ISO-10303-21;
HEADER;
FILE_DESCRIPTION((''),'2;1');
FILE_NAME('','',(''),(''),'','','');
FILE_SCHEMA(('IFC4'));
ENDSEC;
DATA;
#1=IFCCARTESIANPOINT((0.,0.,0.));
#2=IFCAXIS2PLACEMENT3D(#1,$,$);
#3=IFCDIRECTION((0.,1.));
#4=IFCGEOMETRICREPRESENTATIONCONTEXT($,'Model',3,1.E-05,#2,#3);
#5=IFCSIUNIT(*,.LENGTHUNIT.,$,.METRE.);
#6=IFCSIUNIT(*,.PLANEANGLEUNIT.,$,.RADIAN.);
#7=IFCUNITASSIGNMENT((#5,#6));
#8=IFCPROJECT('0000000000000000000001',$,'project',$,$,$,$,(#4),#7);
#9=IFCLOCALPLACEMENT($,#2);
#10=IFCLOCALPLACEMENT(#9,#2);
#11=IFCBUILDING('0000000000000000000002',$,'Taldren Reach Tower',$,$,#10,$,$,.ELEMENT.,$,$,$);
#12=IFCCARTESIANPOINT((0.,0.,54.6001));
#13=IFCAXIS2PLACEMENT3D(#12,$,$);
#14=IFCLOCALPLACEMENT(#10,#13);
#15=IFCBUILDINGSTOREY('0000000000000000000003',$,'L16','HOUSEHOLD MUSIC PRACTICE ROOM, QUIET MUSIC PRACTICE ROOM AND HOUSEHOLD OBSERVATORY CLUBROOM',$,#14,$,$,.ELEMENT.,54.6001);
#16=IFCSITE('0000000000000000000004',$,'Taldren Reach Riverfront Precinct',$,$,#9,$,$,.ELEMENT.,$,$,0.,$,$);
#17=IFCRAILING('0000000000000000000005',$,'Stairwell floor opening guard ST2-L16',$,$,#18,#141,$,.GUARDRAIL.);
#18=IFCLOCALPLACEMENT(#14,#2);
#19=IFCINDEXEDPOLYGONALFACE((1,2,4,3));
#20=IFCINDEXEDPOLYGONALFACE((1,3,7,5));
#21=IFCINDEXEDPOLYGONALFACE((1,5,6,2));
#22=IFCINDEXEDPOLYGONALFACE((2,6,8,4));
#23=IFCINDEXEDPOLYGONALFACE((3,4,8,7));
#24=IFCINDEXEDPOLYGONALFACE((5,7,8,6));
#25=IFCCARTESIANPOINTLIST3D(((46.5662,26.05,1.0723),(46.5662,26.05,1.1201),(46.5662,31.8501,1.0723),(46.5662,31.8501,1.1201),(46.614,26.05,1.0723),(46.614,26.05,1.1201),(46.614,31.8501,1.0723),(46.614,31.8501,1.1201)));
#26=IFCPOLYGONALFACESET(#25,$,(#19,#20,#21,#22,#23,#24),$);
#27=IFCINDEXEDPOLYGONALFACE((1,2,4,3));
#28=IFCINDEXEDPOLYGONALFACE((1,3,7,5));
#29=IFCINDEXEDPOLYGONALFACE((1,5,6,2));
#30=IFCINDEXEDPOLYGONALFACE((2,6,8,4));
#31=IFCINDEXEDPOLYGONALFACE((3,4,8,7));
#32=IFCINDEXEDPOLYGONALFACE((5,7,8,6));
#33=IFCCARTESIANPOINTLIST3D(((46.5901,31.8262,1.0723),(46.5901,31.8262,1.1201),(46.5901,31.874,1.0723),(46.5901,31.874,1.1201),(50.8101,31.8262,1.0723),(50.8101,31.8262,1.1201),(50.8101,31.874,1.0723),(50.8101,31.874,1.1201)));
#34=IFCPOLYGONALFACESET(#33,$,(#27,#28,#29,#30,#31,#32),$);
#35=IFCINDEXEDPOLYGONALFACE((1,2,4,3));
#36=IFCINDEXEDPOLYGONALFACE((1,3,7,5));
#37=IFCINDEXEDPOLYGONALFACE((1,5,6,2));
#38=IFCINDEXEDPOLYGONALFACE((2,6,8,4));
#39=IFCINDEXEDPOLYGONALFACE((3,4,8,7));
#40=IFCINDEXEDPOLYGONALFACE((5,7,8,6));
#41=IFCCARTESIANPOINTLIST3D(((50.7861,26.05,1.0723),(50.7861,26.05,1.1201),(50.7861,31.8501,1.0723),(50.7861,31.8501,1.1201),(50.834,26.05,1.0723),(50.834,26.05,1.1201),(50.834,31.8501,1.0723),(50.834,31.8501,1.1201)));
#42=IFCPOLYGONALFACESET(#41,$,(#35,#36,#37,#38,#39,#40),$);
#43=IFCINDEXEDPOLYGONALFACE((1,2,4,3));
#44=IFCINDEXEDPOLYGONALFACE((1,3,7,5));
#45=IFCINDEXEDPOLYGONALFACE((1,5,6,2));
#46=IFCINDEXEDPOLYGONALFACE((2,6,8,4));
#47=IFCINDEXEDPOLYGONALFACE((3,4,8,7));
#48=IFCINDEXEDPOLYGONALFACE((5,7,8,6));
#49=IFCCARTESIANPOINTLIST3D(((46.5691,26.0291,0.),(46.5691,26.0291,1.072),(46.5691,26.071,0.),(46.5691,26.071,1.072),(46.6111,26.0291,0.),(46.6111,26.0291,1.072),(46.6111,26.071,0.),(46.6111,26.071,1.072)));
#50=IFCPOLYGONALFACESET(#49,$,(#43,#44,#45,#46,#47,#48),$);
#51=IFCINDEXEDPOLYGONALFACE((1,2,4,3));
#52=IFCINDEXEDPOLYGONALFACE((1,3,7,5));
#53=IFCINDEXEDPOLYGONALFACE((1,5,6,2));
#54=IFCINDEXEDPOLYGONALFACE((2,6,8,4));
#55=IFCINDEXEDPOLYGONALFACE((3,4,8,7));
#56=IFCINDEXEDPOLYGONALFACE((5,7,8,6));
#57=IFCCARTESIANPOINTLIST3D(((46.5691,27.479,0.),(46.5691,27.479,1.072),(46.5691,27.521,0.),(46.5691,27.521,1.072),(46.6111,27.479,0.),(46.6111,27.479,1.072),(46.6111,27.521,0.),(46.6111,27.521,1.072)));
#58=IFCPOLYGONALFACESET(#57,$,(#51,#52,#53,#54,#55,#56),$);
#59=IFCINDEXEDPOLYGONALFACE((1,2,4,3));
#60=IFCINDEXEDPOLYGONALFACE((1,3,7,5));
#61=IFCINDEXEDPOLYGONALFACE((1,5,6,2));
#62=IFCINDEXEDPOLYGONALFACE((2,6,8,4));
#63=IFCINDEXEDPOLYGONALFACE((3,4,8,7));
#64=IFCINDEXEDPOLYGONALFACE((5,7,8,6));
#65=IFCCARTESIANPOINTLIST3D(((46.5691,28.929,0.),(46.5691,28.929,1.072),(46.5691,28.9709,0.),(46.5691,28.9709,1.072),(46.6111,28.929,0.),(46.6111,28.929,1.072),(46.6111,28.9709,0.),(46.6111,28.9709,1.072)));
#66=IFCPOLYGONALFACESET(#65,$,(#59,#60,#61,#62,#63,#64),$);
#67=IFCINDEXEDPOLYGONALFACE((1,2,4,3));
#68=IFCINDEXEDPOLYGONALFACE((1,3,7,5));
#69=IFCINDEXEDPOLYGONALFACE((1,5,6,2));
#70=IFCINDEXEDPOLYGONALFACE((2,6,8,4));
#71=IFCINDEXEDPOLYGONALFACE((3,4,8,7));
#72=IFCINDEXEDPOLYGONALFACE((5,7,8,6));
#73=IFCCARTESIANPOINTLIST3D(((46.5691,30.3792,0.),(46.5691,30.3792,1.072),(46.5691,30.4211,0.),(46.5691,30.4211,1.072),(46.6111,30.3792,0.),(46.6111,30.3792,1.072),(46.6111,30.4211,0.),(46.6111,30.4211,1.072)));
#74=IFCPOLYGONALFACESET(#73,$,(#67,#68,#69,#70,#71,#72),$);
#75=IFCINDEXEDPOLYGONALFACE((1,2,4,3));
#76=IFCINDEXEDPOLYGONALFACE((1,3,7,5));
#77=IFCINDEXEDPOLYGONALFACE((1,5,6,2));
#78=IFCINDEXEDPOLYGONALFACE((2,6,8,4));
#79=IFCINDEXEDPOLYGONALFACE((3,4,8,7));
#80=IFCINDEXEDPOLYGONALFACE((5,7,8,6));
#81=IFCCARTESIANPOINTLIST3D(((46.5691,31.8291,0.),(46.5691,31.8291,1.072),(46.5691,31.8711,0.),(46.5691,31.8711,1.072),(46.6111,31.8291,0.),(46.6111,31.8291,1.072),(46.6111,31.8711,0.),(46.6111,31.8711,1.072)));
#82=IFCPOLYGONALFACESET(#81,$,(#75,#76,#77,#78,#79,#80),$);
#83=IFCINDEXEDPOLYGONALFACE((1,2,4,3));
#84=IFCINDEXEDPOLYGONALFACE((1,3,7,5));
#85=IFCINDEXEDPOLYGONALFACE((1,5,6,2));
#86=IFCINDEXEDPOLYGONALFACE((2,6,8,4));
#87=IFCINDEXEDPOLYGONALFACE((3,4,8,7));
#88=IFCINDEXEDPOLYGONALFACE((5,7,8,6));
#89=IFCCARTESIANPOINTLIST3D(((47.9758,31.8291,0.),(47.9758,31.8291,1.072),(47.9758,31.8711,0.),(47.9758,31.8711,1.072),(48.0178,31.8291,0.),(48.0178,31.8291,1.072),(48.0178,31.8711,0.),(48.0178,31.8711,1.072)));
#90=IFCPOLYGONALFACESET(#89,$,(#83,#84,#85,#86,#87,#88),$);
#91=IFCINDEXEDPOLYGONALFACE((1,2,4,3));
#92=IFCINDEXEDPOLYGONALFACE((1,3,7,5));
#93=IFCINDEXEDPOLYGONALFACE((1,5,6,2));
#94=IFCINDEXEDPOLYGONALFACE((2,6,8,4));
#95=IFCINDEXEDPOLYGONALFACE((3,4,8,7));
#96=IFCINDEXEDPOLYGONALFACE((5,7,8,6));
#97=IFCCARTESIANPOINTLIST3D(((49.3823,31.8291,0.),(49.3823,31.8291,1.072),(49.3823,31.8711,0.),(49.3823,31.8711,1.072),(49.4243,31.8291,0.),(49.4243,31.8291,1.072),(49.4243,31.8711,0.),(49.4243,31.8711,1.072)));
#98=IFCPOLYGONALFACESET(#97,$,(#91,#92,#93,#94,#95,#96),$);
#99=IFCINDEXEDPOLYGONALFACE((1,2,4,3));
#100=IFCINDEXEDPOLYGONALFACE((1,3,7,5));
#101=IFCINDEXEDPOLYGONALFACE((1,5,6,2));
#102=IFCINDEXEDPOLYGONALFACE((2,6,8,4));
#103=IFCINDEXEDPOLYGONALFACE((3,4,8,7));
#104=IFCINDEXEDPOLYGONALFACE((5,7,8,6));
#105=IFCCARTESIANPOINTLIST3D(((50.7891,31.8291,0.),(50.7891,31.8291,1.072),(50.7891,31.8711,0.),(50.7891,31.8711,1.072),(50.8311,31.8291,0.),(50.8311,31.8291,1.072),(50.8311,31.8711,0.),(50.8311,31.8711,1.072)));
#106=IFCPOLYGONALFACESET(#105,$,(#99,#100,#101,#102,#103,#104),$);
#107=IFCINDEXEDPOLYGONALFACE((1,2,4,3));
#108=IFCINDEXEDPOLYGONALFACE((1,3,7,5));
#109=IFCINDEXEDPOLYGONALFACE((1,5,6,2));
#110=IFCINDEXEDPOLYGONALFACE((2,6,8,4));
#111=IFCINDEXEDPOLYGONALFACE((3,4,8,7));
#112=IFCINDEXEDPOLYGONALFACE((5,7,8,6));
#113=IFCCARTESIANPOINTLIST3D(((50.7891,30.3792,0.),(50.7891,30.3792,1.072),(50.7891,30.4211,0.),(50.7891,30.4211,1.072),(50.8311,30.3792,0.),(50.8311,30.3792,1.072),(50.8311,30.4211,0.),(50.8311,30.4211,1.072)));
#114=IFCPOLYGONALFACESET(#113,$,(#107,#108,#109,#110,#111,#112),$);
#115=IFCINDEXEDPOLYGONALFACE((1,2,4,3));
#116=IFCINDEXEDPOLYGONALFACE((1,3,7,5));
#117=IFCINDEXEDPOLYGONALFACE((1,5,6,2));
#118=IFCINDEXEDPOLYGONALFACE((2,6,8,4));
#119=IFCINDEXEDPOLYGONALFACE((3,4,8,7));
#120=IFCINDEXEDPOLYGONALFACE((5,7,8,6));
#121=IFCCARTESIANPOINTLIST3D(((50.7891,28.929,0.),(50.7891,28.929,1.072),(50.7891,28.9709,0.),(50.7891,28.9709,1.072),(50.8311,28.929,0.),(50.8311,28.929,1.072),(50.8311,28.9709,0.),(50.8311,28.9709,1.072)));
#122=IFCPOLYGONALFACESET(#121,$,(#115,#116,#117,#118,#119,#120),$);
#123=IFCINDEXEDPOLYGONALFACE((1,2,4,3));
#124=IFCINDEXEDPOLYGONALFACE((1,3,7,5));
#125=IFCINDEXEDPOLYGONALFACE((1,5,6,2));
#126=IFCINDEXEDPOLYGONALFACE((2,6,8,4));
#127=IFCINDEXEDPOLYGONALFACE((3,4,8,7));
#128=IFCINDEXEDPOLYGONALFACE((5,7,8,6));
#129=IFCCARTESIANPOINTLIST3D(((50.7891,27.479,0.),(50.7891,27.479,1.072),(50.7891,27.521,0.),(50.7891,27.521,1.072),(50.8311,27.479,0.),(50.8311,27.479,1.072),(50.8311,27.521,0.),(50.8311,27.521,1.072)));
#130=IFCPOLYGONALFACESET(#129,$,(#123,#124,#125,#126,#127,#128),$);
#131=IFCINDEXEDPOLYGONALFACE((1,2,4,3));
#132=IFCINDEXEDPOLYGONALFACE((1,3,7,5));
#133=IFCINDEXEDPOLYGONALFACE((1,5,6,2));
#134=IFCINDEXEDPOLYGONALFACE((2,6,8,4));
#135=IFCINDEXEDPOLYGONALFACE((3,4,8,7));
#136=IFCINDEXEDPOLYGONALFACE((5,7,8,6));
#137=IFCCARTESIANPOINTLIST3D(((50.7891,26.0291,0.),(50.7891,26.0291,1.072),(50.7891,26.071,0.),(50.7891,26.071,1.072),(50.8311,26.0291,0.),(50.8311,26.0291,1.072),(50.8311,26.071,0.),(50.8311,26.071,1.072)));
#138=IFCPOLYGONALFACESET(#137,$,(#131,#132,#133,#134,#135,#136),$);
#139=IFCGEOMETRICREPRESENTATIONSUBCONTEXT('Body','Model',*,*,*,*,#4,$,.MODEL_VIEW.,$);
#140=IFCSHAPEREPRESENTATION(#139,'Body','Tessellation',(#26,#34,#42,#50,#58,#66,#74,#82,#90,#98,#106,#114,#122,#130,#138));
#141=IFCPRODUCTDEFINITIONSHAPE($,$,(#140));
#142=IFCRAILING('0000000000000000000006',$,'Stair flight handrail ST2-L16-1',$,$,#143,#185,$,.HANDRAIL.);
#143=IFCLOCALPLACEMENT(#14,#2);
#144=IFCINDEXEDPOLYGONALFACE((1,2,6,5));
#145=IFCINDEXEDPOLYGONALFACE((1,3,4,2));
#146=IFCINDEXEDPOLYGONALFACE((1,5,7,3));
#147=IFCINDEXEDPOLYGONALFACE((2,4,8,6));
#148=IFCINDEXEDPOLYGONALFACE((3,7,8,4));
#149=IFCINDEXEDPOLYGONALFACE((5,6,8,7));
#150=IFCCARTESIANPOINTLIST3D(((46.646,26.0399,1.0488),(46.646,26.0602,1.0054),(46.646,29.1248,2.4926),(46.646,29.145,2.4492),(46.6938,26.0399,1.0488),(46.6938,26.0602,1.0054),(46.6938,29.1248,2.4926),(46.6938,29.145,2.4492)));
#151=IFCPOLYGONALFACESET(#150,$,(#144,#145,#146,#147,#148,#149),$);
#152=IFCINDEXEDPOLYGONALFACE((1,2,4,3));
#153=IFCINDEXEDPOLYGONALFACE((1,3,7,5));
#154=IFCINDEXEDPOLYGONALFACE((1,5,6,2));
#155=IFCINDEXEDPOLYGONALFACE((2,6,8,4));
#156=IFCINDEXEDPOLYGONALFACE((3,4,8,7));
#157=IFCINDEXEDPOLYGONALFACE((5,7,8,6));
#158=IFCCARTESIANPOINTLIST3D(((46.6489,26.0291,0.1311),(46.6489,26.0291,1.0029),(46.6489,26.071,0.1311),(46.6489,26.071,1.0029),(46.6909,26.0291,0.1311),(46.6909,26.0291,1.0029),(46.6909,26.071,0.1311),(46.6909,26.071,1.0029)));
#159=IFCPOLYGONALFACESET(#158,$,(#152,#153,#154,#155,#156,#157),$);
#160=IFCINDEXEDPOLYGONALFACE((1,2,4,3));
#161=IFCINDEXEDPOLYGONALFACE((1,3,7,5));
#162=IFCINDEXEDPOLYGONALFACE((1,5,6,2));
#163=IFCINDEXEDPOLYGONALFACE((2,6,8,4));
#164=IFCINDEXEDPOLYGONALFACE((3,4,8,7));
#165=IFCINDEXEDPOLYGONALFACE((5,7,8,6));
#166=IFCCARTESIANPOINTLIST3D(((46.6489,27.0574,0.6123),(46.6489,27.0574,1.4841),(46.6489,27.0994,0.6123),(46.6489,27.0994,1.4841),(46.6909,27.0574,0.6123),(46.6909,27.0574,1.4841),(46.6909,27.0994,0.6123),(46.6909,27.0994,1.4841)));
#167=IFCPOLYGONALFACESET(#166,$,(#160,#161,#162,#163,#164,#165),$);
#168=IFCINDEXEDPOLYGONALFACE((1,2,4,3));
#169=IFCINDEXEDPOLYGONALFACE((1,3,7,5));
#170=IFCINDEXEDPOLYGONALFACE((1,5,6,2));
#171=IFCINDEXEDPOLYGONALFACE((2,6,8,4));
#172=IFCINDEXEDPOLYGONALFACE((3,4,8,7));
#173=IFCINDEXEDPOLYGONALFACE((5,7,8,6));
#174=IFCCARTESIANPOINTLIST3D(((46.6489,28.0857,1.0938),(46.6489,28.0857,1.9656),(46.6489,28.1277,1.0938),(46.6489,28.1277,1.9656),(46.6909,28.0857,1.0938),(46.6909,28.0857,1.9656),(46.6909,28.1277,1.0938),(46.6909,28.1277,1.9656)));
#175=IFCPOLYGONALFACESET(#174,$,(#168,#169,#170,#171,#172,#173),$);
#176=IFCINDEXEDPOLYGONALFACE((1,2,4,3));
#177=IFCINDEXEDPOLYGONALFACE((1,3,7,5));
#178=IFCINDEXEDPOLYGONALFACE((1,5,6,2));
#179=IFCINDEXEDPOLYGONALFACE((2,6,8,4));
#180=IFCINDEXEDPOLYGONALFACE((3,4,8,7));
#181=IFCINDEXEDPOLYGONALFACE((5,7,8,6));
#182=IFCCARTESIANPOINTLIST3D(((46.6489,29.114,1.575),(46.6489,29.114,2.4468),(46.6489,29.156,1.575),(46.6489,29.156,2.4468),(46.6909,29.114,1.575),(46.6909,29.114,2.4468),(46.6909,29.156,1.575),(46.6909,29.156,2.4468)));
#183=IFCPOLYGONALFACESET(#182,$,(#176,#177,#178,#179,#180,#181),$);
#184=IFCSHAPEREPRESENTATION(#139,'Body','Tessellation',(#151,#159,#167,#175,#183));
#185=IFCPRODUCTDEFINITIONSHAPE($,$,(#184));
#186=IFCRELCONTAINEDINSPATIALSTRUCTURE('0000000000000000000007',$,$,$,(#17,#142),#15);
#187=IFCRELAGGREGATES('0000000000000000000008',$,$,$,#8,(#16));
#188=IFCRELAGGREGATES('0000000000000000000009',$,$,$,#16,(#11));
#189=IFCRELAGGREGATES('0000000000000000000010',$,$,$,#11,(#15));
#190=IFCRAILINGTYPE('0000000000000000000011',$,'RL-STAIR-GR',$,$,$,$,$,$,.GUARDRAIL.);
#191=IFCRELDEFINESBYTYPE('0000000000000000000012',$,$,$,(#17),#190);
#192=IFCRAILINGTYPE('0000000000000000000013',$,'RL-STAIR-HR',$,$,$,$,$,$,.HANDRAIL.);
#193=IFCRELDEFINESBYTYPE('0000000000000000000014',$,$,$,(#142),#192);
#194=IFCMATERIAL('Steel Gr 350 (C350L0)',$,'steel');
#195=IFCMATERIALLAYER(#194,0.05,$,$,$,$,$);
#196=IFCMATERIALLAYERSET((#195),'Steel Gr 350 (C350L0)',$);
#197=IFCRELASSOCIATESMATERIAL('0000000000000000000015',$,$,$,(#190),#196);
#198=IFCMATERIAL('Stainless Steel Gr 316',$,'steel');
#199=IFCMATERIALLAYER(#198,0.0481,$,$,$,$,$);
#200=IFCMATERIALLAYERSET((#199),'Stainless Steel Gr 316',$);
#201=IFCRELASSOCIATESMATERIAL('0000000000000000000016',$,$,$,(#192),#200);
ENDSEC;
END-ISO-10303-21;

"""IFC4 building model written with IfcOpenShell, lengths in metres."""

from ifc_helpers import new_model, si_unit, direction, frame, origin, origin_2d, place, context, subcontext, project, spatial, rectangle, extrude, material, layer, layer_set, type_object, element, save


model = new_model("IFC4")

# Units and contexts
model_context = context("Model", 3, precision=1e-05, world=origin(), true_north=direction((0.0, 1.0)))
body_context = subcontext(model_context, "Body", "Model", "MODEL_VIEW")
ifc_project = project(units=[si_unit("LENGTHUNIT", "METRE"), si_unit("PLANEANGLEUNIT", "RADIAN")], contexts=[model_context])

# Site, building, storey
site_placement = place(None, origin())
site = spatial("IfcSite", under=ifc_project, at=site_placement, Name="Taldren Reach Riverfront Precinct", CompositionType="ELEMENT", RefElevation=0.0)
building_placement = place(site_placement, origin())
building = spatial("IfcBuilding", under=site, at=building_placement, Name="Taldren Reach Tower", CompositionType="ELEMENT")
storey_placement = place(building_placement, frame((0.0, 0.0, 54.6001)))
storey = spatial("IfcBuildingStorey", under=building, at=storey_placement, Name="L16", Description="HOUSEHOLD MUSIC PRACTICE ROOM, QUIET MUSIC PRACTICE ROOM AND HOUSEHOLD OBSERVATORY CLUBROOM", CompositionType="ELEMENT", Elevation=54.6001)

# Shared definitions
ifc_material_1 = material(Name="Steel Gr 350 (C350L0)", Category="steel")

# Railings
ifc_layer_1 = layer(ifc_material_1, 0.05)
ifc_layer_set_1 = layer_set([ifc_layer_1], Name="Steel Gr 350 (C350L0)")
railing_type_1 = type_object("IfcRailingType", Name="RL-STAIR-GR", PredefinedType="GUARDRAIL", material=ifc_layer_set_1)
railing_1_placement = place(storey_placement, frame((46.5901, 26.05, 0.0)))
element("IfcRailing", 1, at=railing_1_placement, inside=storey, type_object=railing_type_1, Name="Stairwell floor opening guard ST2-L16", PredefinedType="GUARDRAIL", context=body_context, shape_type="SweptSolid", body=[
    extrude(rectangle(XDim=0.0479, YDim=0.0479, at=origin_2d()), frame((0.0, 0.0, 1.0962), z_axis=(0.0, 1.0, 0.0), x_axis=(-1.0, 0.0, 0.0)), (0.0, 0.0, 1.0), 5.8),
    extrude(rectangle(XDim=0.0479, YDim=0.0479, at=origin_2d()), frame((0.0, 5.8, 1.0962), z_axis=(1.0, 0.0, 0.0), x_axis=(0.0, 1.0, 0.0)), (0.0, 0.0, 1.0), 4.22),
    extrude(rectangle(XDim=0.0479, YDim=0.0479, at=origin_2d()), frame((4.22, 5.8, 1.0962), z_axis=(0.0, -1.0, 0.0), x_axis=(1.0, 0.0, 0.0)), (0.0, 0.0, 1.0), 5.8),
    extrude(rectangle(XDim=0.042, YDim=0.042, at=origin_2d()), origin(), (0.0, 0.0, 1.0), 1.072),
    extrude(rectangle(XDim=0.042, YDim=0.042, at=origin_2d()), frame((0.0, 1.45, 0.0)), (0.0, 0.0, 1.0), 1.072),
    extrude(rectangle(XDim=0.042, YDim=0.042, at=origin_2d()), frame((0.0, 2.8999, 0.0)), (0.0, 0.0, 1.0), 1.072),
    extrude(rectangle(XDim=0.042, YDim=0.042, at=origin_2d()), frame((0.0, 4.3501, 0.0)), (0.0, 0.0, 1.0), 1.072),
    extrude(rectangle(XDim=0.042, YDim=0.042, at=origin_2d()), frame((0.0, 5.8, 0.0)), (0.0, 0.0, 1.0), 1.072),
    extrude(rectangle(XDim=0.042, YDim=0.042, at=origin_2d()), frame((1.4067, 5.8, 0.0)), (0.0, 0.0, 1.0), 1.072),
    extrude(rectangle(XDim=0.042, YDim=0.042, at=origin_2d()), frame((2.8132, 5.8, 0.0)), (0.0, 0.0, 1.0), 1.072),
    extrude(rectangle(XDim=0.042, YDim=0.042, at=origin_2d()), frame((4.22, 5.8, 0.0)), (0.0, 0.0, 1.0), 1.072),
    extrude(rectangle(XDim=0.042, YDim=0.042, at=origin_2d()), frame((4.22, 4.3501, 0.0)), (0.0, 0.0, 1.0), 1.072),
    extrude(rectangle(XDim=0.042, YDim=0.042, at=origin_2d()), frame((4.22, 2.8999, 0.0)), (0.0, 0.0, 1.0), 1.072),
    extrude(rectangle(XDim=0.042, YDim=0.042, at=origin_2d()), frame((4.22, 1.45, 0.0)), (0.0, 0.0, 1.0), 1.072),
    extrude(rectangle(XDim=0.042, YDim=0.042, at=origin_2d()), frame((4.22, 0.0, 0.0)), (0.0, 0.0, 1.0), 1.072),
])
ifc_material_2 = material(Name="Stainless Steel Gr 316", Category="steel")
ifc_layer_2 = layer(ifc_material_2, 0.0481)
ifc_layer_set_2 = layer_set([ifc_layer_2], Name="Stainless Steel Gr 316")
railing_type_2 = type_object("IfcRailingType", Name="RL-STAIR-HR", PredefinedType="HANDRAIL", material=ifc_layer_set_2)
railing_2_placement = place(storey_placement, frame((46.6699, 26.05, 0.1311)))
element("IfcRailing", 2, at=railing_2_placement, inside=storey, type_object=railing_type_2, Name="Stair flight handrail ST2-L16-1", PredefinedType="HANDRAIL", context=body_context, shape_type="SweptSolid", body=[
    extrude(rectangle(XDim=0.0479, YDim=0.0479, at=origin_2d()), frame((0.0, 0.0, 0.896), z_axis=(0.0, 0.90571, 0.423898), x_axis=(-1.0, 0.0, 0.0)), (0.0, 0.0, 1.0), 3.406),
    extrude(rectangle(XDim=0.042, YDim=0.042, at=origin_2d()), origin(), (0.0, 0.0, 1.0), 0.8718),
    extrude(rectangle(XDim=0.042, YDim=0.042, at=origin_2d()), frame((0.0, 1.0283, 0.4812)), (0.0, 0.0, 1.0), 0.8718),
    extrude(rectangle(XDim=0.042, YDim=0.042, at=origin_2d()), frame((0.0, 2.0566, 0.9626)), (0.0, 0.0, 1.0), 0.8718),
    extrude(rectangle(XDim=0.042, YDim=0.042, at=origin_2d()), frame((0.0, 3.085, 1.4438)), (0.0, 0.0, 1.0), 0.8718),
])

save(model, "model.ifc")
